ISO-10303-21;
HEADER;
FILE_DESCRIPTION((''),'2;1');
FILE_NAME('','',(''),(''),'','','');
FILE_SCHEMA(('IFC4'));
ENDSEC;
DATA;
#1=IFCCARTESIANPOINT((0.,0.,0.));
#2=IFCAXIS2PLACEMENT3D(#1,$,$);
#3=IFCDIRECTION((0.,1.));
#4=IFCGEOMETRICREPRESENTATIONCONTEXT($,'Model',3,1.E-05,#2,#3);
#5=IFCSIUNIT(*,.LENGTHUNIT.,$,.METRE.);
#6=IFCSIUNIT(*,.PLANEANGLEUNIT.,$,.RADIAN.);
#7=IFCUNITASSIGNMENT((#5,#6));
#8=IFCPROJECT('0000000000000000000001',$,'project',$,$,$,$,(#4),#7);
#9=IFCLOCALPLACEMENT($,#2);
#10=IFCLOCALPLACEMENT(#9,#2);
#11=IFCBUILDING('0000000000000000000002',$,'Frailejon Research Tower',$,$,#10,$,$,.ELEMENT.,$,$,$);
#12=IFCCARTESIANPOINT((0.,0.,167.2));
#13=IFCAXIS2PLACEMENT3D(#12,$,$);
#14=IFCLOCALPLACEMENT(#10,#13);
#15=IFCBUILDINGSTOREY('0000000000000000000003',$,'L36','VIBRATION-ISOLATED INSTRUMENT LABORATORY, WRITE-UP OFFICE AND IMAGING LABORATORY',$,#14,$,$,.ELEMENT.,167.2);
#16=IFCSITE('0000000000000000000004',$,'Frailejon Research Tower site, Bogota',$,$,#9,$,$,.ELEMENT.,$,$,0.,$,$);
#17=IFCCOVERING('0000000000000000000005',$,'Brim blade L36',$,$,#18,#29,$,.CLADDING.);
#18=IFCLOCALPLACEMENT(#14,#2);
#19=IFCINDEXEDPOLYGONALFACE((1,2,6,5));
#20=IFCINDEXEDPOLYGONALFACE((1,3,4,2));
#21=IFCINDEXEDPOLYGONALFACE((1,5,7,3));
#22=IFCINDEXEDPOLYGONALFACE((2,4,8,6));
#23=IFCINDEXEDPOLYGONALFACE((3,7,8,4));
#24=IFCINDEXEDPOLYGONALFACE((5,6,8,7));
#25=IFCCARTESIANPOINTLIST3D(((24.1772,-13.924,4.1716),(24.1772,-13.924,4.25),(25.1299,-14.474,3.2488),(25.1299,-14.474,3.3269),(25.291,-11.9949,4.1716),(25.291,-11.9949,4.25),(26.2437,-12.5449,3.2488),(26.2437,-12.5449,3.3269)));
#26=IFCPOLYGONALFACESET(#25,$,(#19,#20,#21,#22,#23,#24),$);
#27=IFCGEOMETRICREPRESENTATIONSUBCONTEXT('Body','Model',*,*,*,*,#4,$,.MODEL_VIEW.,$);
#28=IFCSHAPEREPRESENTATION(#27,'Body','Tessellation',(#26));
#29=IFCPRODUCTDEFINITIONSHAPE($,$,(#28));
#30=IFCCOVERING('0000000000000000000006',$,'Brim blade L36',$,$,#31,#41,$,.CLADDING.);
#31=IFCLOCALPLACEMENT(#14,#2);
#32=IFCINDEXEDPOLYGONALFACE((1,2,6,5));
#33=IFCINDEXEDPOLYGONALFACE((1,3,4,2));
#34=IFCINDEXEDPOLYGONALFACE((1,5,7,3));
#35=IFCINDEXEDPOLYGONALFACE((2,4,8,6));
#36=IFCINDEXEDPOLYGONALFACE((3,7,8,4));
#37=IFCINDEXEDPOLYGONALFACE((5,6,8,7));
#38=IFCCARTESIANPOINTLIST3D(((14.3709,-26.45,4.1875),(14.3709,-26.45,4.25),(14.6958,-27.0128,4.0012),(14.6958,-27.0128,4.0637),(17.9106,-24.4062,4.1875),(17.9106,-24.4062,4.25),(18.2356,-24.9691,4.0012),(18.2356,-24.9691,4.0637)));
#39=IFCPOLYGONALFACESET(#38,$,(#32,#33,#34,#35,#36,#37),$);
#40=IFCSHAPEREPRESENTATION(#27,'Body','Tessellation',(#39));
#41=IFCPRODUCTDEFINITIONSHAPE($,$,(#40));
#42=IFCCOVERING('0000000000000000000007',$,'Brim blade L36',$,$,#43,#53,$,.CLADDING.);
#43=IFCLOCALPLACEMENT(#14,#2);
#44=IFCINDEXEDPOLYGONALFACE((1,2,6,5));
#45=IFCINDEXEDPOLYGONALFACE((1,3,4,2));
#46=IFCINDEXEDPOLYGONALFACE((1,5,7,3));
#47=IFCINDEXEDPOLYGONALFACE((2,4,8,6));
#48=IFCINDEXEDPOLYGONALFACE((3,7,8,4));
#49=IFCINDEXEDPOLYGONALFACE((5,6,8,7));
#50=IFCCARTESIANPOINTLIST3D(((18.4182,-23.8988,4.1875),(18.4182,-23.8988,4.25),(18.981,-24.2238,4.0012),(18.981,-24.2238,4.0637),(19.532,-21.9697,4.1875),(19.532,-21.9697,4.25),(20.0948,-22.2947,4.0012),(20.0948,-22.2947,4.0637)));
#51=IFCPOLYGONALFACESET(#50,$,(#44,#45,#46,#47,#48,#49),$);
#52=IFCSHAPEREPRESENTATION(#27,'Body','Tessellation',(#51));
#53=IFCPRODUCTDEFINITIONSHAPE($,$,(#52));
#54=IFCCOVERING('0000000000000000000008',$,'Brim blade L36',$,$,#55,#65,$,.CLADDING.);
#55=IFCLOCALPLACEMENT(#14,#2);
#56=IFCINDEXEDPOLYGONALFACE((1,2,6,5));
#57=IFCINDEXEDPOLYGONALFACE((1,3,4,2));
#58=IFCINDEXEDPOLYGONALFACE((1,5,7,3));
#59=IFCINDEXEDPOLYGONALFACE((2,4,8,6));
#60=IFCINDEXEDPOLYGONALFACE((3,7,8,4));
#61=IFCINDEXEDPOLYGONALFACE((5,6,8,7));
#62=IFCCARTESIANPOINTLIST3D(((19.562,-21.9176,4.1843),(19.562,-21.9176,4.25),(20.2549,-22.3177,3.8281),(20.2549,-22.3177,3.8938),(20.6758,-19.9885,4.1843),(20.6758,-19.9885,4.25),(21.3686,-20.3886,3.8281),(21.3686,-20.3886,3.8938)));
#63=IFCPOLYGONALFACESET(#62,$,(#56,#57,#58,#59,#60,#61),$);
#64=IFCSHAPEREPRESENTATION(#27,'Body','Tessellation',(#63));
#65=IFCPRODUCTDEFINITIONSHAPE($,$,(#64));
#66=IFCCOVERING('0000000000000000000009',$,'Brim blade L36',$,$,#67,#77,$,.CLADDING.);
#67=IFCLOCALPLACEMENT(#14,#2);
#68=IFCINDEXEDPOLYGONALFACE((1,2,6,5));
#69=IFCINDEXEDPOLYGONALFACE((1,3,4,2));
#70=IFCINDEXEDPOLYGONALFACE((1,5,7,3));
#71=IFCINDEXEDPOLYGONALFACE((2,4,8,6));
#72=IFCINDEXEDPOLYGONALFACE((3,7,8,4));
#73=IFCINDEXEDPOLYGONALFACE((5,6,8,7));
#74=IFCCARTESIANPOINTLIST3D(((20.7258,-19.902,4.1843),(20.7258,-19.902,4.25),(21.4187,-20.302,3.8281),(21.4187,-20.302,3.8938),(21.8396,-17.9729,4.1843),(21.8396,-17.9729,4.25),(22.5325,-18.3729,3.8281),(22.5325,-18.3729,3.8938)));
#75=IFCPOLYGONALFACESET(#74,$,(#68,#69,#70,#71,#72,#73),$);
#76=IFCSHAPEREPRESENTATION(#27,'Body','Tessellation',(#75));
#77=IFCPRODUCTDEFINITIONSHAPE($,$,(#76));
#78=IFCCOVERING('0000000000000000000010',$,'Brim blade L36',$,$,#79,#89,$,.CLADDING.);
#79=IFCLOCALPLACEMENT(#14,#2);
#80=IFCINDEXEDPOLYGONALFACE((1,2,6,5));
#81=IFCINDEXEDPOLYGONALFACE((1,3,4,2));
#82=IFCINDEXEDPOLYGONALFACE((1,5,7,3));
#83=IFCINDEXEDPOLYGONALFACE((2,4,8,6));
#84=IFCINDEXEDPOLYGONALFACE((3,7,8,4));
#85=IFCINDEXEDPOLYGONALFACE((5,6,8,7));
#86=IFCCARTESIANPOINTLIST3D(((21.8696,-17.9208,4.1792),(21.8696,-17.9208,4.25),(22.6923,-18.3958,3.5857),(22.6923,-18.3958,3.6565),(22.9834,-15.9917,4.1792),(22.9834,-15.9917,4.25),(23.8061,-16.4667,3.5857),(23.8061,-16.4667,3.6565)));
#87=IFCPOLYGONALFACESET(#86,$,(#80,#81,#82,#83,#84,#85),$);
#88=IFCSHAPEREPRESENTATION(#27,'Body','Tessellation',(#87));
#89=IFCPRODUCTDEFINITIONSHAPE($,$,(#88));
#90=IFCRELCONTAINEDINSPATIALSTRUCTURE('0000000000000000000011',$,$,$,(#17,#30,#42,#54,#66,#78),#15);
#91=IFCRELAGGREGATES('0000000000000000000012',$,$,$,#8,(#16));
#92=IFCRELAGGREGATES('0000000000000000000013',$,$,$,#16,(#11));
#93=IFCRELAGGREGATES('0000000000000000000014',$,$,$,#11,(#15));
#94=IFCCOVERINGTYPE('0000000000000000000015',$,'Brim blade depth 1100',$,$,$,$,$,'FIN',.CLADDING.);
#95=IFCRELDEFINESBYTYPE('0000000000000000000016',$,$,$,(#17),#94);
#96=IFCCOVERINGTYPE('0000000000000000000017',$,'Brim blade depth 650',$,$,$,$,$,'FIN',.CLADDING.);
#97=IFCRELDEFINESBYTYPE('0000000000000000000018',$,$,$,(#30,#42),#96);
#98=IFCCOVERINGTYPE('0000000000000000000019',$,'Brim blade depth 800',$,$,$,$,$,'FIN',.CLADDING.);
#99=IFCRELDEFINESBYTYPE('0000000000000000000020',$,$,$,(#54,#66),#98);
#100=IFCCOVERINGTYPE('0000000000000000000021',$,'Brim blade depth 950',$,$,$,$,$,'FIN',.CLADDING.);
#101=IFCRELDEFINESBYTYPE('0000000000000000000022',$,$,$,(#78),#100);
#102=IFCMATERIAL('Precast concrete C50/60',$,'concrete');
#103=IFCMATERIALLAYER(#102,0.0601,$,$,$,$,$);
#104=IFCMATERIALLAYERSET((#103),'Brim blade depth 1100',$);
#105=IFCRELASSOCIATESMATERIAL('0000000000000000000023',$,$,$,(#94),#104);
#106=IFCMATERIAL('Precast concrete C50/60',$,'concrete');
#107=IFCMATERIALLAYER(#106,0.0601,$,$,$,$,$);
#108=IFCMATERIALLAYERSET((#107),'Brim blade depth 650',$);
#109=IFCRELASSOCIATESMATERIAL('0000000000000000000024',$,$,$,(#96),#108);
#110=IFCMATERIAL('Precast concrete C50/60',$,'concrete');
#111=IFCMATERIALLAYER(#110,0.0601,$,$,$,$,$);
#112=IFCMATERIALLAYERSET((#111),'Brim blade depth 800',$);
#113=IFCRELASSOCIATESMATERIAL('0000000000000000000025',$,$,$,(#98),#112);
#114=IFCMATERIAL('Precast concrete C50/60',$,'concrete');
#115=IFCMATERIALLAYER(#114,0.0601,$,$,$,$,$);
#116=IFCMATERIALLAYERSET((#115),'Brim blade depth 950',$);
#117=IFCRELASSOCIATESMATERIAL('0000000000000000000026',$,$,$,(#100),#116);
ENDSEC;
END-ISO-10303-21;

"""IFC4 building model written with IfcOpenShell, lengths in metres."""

from ifc_helpers import new_model, si_unit, direction, frame, origin, place, context, subcontext, project, spatial, polyline, outline, extrude, material, layer, layer_set, type_object, element, save


model = new_model("IFC4")

# Units and contexts
model_context = context("Model", 3, precision=1e-05, world=origin(), true_north=direction((0.0, 1.0)))
body_context = subcontext(model_context, "Body", "Model", "MODEL_VIEW")
ifc_project = project(units=[si_unit("LENGTHUNIT", "METRE"), si_unit("PLANEANGLEUNIT", "RADIAN")], contexts=[model_context])

# Site, building, storey
site_placement = place(None, origin())
site = spatial("IfcSite", under=ifc_project, at=site_placement, Name="Frailejon Research Tower site, Bogota", CompositionType="ELEMENT", RefElevation=0.0)
building_placement = place(site_placement, origin())
building = spatial("IfcBuilding", under=site, at=building_placement, Name="Frailejon Research Tower", CompositionType="ELEMENT")
storey_placement = place(building_placement, frame((0.0, 0.0, 167.2)))
storey = spatial("IfcBuildingStorey", under=building, at=storey_placement, Name="L36", Description="VIBRATION-ISOLATED INSTRUMENT LABORATORY, WRITE-UP OFFICE AND IMAGING LABORATORY", CompositionType="ELEMENT", Elevation=167.2)

# Coverings
ifc_material_1 = material(Name="Precast concrete C50/60", Category="concrete")
ifc_layer_1 = layer(ifc_material_1, 0.0601)
ifc_layer_set_1 = layer_set([ifc_layer_1], Name="Brim blade depth 1100")
covering_type_1 = type_object("IfcCoveringType", Name="Brim blade depth 1100", ElementType="FIN", PredefinedType="CLADDING", material=ifc_layer_set_1)
for number, where, z_axis, x_axis, name in (
    (1, (25.291, -11.9949, 4.25), (-0.500008, -0.866021, 0.0), (0.866021, -0.500008, 0.0), "Brim blade L36"),
):
    element("IfcCovering", number, at=place(storey_placement, frame(where, z_axis=z_axis, x_axis=x_axis)), inside=storey, type_object=covering_type_1, Name=name, PredefinedType="CLADDING", context=body_context, shape_type="SweptSolid", body=[
        extrude(outline(polyline([(0.0, -0.0784), (1.1001, -1.0012), (1.1001, -0.9231), (0.0, 0.0), (0.0, -0.0784)])), origin(), (0.0, 0.0, 1.0), 2.2275),
    ])
ifc_material_2 = material(Name="Precast concrete C50/60", Category="concrete")
ifc_layer_2 = layer(ifc_material_2, 0.0601)
ifc_layer_set_2 = layer_set([ifc_layer_2], Name="Brim blade depth 650")
covering_type_2 = type_object("IfcCoveringType", Name="Brim blade depth 650", ElementType="FIN", PredefinedType="CLADDING", material=ifc_layer_set_2)
covering_1_placement = place(storey_placement, frame((17.9106, -24.4062, 4.25), z_axis=(-0.866021, -0.500007, 0.0), x_axis=(0.500007, -0.866021, 0.0)))
element("IfcCovering", 2, at=covering_1_placement, inside=storey, type_object=covering_type_2, Name="Brim blade L36", PredefinedType="CLADDING", context=body_context, shape_type="SweptSolid", body=[
    extrude(outline(polyline([(0.0, -0.0625), (0.6499, -0.2488), (0.6499, -0.1863), (0.0, 0.0), (0.0, -0.0625)])), origin(), (0.0, 0.0, 1.0), 4.0874),
])
covering_2_placement = place(storey_placement, frame((19.532, -21.9697, 4.25), z_axis=(-0.500008, -0.866021, 0.0), x_axis=(0.866021, -0.500008, 0.0)))
element("IfcCovering", 3, at=covering_2_placement, inside=storey, type_object=covering_type_2, Name="Brim blade L36", PredefinedType="CLADDING", context=body_context, shape_type="SweptSolid", body=[
    extrude(outline(polyline([(0.0, -0.0625), (0.6499, -0.2488), (0.6499, -0.1863), (0.0, 0.0), (0.0, -0.0625)])), origin(), (0.0, 0.0, 1.0), 2.2275),
])
ifc_material_3 = material(Name="Precast concrete C50/60", Category="concrete")
ifc_layer_3 = layer(ifc_material_3, 0.0601)
ifc_layer_set_3 = layer_set([ifc_layer_3], Name="Brim blade depth 800")
covering_type_3 = type_object("IfcCoveringType", Name="Brim blade depth 800", ElementType="FIN", PredefinedType="CLADDING", material=ifc_layer_set_3)
for number, where, z_axis, x_axis, name in (
    (4, (20.6758, -19.9885, 4.25), (-0.500008, -0.866021, 0.0), (0.866021, -0.500008, 0.0), "Brim blade L36"),
    (5, (21.8396, -17.9729, 4.25), (-0.499998, -0.866026, 0.0), (0.866026, -0.499998, 0.0), "Brim blade L36"),
):
    element("IfcCovering", number, at=place(storey_placement, frame(where, z_axis=z_axis, x_axis=x_axis)), inside=storey, type_object=covering_type_3, Name=name, PredefinedType="CLADDING", context=body_context, shape_type="SweptSolid", body=[
        extrude(outline(polyline([(0.0, -0.0657), (0.8, -0.4219), (0.8, -0.3562), (0.0, 0.0), (0.0, -0.0657)])), origin(), (0.0, 0.0, 1.0), 2.2275),
    ])
ifc_material_4 = material(Name="Precast concrete C50/60", Category="concrete")
ifc_layer_4 = layer(ifc_material_4, 0.0601)
ifc_layer_set_4 = layer_set([ifc_layer_4], Name="Brim blade depth 950")
covering_type_4 = type_object("IfcCoveringType", Name="Brim blade depth 950", ElementType="FIN", PredefinedType="CLADDING", material=ifc_layer_set_4)
covering_3_placement = place(storey_placement, frame((22.9834, -15.9917, 4.25), z_axis=(-0.499998, -0.866026, 0.0), x_axis=(0.866026, -0.499998, 0.0)))
element("IfcCovering", 6, at=covering_3_placement, inside=storey, type_object=covering_type_4, Name="Brim blade L36", PredefinedType="CLADDING", context=body_context, shape_type="SweptSolid", body=[
    extrude(outline(polyline([(0.0, -0.0708), (0.95, -0.6643), (0.95, -0.5935), (0.0, 0.0), (0.0, -0.0708)])), origin(), (0.0, 0.0, 1.0), 2.2275),
])

save(model, "model.ifc")
